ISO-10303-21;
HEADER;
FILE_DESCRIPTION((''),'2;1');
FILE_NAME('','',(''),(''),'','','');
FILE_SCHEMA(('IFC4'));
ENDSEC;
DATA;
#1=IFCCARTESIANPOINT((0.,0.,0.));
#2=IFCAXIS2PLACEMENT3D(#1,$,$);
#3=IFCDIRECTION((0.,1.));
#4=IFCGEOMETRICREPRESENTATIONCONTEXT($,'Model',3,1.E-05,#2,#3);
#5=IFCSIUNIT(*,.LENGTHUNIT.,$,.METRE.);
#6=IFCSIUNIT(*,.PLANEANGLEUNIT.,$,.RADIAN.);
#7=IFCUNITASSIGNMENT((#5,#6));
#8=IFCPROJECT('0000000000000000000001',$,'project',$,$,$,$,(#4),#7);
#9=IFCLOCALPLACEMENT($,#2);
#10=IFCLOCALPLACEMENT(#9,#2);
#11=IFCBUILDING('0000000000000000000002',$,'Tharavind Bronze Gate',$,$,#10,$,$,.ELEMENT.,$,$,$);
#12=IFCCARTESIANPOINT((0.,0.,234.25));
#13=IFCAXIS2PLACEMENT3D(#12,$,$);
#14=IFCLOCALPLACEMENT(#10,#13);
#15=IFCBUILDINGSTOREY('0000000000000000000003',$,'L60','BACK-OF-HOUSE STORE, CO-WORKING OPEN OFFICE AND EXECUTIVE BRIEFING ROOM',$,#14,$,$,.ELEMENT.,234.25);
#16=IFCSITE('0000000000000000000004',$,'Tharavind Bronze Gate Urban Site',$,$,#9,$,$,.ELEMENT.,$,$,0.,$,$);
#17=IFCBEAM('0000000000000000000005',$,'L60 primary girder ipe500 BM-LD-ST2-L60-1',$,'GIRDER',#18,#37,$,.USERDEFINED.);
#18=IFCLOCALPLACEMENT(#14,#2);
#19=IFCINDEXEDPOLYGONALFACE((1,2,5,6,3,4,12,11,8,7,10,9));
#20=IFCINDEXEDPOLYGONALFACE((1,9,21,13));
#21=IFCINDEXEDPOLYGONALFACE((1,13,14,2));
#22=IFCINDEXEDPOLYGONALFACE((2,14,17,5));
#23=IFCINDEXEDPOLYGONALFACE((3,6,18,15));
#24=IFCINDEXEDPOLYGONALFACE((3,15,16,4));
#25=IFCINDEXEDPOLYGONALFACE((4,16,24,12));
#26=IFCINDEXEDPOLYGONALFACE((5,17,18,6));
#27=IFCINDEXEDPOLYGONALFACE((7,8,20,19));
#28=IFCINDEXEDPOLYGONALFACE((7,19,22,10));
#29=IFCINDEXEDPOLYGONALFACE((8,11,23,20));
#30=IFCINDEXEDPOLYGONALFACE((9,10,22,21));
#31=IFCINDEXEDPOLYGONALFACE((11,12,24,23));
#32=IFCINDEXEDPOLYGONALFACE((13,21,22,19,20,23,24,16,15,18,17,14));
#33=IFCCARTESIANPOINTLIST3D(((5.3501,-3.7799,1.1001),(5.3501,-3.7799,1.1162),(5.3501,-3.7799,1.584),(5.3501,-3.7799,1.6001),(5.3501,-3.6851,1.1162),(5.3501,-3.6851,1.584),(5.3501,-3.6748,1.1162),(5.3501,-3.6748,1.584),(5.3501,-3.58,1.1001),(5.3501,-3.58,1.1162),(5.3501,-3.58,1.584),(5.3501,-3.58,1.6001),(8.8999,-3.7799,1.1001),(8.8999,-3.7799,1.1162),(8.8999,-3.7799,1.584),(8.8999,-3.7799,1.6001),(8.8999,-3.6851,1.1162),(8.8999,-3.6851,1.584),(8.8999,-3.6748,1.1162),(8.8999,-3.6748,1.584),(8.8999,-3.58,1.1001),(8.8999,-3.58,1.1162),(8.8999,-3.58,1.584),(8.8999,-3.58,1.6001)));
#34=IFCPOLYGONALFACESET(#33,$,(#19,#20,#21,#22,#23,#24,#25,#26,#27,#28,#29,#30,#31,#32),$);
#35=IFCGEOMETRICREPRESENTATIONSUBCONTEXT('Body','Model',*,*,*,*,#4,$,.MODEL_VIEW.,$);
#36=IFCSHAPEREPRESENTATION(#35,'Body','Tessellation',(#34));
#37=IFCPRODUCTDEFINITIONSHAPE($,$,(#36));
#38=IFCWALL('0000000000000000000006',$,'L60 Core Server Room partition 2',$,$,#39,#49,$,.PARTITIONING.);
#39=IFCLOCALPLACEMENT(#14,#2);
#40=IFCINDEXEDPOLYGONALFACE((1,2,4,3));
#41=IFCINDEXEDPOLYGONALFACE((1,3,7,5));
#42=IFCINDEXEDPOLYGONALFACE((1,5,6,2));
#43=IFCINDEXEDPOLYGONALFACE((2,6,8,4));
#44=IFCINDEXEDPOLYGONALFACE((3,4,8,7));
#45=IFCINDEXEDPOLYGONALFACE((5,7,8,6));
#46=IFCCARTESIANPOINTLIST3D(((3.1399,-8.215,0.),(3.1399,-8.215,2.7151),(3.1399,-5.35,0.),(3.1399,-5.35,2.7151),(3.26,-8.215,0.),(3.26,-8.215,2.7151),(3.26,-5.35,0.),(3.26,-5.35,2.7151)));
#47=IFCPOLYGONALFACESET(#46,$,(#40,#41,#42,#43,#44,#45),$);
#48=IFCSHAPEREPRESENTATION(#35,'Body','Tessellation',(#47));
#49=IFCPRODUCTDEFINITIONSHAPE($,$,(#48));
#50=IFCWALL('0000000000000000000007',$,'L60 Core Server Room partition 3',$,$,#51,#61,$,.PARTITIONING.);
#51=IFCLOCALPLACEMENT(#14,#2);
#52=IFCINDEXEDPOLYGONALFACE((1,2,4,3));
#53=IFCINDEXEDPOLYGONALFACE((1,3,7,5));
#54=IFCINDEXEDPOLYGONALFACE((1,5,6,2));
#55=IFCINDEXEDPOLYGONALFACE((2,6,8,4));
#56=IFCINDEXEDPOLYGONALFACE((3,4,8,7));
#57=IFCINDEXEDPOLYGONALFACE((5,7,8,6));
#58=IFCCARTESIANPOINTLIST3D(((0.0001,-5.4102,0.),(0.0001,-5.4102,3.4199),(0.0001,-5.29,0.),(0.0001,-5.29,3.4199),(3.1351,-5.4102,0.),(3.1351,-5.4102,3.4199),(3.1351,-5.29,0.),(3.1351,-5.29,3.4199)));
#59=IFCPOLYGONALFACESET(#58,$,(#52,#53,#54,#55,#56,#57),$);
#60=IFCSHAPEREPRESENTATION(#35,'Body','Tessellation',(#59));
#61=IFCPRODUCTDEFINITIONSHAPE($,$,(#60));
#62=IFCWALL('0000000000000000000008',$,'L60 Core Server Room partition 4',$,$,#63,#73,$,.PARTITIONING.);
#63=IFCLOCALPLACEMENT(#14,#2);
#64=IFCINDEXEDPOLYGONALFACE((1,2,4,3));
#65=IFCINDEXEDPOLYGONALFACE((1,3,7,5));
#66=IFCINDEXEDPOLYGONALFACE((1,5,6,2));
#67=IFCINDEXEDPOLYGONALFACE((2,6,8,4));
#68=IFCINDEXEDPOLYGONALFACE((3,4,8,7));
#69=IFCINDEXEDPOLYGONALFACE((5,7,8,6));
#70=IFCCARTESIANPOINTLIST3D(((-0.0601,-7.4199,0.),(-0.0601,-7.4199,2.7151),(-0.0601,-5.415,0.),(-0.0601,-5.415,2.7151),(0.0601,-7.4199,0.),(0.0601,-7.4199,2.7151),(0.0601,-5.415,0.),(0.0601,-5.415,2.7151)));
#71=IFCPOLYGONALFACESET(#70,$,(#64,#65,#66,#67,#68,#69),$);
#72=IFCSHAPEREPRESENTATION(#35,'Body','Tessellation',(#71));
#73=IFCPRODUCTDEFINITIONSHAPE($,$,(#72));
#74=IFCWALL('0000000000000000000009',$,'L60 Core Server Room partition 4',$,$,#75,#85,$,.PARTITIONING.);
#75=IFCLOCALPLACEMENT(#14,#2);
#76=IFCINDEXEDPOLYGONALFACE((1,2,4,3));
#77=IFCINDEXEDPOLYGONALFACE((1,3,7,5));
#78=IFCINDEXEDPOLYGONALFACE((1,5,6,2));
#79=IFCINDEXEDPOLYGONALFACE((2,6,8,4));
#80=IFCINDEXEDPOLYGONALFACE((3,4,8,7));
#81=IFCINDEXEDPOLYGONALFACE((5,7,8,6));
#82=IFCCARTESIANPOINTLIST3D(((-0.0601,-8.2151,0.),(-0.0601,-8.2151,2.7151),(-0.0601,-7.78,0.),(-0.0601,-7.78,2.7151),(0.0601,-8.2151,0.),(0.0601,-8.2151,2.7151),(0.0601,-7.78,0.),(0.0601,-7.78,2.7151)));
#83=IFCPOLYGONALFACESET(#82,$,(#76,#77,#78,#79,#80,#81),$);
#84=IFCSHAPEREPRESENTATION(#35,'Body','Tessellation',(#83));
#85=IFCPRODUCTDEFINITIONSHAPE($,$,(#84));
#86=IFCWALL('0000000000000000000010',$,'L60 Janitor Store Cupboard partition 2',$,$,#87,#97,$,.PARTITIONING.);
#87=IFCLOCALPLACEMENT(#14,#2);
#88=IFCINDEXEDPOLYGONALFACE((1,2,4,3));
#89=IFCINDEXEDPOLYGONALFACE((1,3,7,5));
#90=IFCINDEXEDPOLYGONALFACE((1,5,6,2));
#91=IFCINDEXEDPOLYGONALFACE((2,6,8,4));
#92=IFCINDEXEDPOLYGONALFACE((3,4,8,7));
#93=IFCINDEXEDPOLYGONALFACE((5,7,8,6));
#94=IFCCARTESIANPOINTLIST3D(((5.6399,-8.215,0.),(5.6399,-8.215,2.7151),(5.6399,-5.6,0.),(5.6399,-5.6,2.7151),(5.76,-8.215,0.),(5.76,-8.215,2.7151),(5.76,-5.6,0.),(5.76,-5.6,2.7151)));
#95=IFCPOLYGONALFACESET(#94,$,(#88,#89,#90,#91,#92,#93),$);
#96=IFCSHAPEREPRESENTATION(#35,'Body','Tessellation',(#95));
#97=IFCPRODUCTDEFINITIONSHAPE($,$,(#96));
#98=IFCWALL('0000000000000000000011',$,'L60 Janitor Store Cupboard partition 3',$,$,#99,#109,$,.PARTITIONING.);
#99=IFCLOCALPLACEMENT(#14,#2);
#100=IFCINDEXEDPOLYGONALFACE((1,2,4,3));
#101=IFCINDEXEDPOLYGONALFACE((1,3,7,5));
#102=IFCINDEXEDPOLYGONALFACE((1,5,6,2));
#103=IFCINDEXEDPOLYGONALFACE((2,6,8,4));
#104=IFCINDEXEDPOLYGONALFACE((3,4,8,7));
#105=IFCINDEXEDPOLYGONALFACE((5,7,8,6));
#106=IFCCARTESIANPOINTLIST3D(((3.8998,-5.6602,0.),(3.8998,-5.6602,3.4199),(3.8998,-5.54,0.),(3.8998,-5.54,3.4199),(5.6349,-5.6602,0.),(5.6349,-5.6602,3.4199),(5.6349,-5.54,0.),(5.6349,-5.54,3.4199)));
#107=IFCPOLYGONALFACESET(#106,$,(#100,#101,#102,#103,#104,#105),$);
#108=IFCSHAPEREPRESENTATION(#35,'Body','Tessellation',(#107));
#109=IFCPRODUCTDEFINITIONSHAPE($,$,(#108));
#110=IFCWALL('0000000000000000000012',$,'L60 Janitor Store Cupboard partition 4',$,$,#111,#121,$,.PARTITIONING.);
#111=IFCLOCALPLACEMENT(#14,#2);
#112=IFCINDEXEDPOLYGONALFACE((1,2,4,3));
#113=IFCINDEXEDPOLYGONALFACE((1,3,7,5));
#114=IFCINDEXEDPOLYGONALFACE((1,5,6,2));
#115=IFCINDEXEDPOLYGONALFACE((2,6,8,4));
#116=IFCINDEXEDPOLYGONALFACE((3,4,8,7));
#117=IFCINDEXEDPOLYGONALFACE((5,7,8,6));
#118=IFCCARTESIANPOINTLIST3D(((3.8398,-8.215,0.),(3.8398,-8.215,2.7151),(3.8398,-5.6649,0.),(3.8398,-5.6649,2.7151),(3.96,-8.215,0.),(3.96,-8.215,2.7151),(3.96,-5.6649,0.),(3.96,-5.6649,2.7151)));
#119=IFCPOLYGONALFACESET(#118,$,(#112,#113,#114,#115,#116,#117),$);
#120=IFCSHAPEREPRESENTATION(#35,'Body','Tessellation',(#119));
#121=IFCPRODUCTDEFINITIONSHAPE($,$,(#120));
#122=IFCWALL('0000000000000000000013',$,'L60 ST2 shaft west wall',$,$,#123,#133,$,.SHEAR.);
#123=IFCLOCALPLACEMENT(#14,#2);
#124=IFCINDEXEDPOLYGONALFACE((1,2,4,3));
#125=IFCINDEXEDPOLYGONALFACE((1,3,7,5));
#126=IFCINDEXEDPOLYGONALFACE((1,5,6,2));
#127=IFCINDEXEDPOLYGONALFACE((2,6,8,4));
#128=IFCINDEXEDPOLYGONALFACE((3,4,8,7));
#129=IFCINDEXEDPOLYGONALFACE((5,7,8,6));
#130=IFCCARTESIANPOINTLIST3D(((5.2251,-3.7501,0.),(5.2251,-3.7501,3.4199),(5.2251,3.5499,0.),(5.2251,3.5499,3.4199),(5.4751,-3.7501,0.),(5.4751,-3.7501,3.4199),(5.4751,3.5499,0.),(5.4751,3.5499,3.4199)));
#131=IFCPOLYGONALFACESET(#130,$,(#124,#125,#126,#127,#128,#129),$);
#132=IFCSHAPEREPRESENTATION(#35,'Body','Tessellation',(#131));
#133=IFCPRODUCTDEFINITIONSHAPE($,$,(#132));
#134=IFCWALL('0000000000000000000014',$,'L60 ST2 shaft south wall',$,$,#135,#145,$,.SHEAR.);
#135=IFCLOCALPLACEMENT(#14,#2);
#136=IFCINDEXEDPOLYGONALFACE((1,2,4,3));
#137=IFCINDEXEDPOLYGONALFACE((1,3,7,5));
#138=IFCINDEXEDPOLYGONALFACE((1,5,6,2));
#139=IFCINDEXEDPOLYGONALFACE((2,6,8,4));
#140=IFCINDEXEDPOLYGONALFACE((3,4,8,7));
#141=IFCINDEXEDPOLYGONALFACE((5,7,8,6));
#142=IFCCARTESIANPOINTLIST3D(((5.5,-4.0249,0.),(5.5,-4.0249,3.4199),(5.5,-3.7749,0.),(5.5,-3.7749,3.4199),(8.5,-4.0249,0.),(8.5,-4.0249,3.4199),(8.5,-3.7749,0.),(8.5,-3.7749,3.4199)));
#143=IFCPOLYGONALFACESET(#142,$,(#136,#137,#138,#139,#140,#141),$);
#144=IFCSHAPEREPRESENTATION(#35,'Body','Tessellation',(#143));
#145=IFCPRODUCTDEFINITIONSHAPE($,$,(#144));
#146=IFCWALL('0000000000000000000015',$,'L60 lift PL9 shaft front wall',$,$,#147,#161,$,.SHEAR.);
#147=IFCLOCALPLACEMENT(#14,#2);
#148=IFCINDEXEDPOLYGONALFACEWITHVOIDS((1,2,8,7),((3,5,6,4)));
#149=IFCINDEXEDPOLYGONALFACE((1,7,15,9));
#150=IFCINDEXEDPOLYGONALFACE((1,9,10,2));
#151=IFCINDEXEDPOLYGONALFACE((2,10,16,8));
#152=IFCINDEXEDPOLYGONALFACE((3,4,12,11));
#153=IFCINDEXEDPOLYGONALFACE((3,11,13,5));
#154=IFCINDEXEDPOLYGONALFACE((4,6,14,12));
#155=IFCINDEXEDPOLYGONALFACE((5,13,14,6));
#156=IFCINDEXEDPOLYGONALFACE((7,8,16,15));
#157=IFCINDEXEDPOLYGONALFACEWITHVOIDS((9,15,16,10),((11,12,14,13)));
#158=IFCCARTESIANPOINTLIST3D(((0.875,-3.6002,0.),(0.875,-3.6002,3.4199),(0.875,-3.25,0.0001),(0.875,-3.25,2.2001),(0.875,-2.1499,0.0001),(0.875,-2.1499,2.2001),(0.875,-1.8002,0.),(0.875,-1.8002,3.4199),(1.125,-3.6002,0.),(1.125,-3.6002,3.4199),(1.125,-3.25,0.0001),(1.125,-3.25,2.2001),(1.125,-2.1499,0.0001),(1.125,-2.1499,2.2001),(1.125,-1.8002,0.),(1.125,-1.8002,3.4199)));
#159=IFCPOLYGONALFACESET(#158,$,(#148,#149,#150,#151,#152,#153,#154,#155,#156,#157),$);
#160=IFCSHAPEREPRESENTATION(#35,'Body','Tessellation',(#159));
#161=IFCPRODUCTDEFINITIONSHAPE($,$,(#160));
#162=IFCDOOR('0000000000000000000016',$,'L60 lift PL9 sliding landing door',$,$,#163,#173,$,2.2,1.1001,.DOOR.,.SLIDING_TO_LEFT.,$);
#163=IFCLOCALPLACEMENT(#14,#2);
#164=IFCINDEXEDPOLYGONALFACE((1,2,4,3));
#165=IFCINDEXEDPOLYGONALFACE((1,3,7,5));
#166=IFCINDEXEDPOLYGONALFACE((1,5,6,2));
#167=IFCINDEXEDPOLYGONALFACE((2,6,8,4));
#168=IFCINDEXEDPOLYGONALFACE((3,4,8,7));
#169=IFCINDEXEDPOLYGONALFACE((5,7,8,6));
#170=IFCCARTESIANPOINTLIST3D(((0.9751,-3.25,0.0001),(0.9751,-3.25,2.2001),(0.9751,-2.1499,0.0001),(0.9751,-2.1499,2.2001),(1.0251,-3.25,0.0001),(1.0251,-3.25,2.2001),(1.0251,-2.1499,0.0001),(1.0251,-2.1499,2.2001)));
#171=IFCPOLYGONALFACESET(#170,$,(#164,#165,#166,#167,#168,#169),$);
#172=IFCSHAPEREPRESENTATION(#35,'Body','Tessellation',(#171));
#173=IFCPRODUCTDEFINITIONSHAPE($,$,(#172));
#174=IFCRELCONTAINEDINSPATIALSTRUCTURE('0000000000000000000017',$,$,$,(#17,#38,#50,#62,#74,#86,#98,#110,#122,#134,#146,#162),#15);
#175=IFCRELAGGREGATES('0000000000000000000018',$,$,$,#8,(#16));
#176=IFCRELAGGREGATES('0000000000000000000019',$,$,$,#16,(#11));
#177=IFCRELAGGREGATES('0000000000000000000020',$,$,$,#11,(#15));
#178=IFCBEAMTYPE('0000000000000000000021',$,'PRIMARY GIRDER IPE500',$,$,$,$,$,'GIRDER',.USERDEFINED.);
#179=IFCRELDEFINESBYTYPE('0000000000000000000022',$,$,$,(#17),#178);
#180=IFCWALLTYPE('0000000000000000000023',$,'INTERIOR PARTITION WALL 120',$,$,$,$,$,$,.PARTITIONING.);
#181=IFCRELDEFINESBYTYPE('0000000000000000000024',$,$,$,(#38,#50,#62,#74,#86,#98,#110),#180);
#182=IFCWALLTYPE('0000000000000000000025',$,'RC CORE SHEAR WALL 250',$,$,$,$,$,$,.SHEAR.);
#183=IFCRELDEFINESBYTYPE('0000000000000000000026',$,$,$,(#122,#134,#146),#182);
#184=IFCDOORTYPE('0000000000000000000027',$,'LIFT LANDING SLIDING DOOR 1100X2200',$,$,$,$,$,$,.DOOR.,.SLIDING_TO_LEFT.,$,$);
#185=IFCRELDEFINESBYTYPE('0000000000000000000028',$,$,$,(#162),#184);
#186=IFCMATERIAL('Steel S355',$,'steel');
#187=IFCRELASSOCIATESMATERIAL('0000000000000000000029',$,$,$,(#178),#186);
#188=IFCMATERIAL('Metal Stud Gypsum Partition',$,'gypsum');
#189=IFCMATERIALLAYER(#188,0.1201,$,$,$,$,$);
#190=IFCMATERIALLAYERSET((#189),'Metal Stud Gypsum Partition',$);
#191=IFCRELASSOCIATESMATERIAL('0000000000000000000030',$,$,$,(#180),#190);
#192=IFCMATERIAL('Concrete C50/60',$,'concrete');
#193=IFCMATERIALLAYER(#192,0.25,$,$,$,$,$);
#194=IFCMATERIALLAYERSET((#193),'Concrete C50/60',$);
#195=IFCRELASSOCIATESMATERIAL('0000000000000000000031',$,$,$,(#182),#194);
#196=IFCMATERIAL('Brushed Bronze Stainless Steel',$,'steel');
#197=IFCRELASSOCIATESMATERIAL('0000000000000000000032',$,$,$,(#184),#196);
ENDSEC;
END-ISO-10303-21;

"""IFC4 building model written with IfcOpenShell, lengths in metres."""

from ifc_helpers import new_model, si_unit, direction, frame, frame_2d, origin, origin_2d, place, context, subcontext, project, spatial, rectangle, i_section, extrude, material, layer, layer_set, material_profile, profile_set, type_object, element, fill, save


model = new_model("IFC4")

# Units and contexts
model_context = context("Model", 3, precision=1e-05, world=origin(), true_north=direction((0.0, 1.0)))
body_context = subcontext(model_context, "Body", "Model", "MODEL_VIEW")
ifc_project = project(units=[si_unit("LENGTHUNIT", "METRE"), si_unit("PLANEANGLEUNIT", "RADIAN")], contexts=[model_context])

# Site, building, storey
site_placement = place(None, origin())
site = spatial("IfcSite", under=ifc_project, at=site_placement, Name="Tharavind Bronze Gate Urban Site", CompositionType="ELEMENT", RefElevation=0.0)
building_placement = place(site_placement, origin())
building = spatial("IfcBuilding", under=site, at=building_placement, Name="Tharavind Bronze Gate", CompositionType="ELEMENT")
storey_placement = place(building_placement, frame((0.0, 0.0, 234.25)))
storey = spatial("IfcBuildingStorey", under=building, at=storey_placement, Name="L60", Description="BACK-OF-HOUSE STORE, CO-WORKING OPEN OFFICE AND EXECUTIVE BRIEFING ROOM", CompositionType="ELEMENT", Elevation=234.25)

# Beam
ifc_material_1 = material(Name="Steel S355", Category="steel")
ifc_material_profile = material_profile(ifc_material_1, i_section(OverallWidth=0.2, OverallDepth=0.5, WebThickness=0.0103, FlangeThickness=0.0161, at=origin_2d()), Name="IPE500")
ifc_profile_set = profile_set([ifc_material_profile], Name="Steel S355")
beam_type = type_object("IfcBeamType", Name="PRIMARY GIRDER IPE500", ElementType="GIRDER", PredefinedType="USERDEFINED", material=ifc_profile_set)
beam_placement = place(storey_placement, frame((5.3501, -3.6799, 1.3501), z_axis=(1.0, 0.0, 0.0), x_axis=(0.0, 1.0, 0.0)))
element("IfcBeam", 1, at=beam_placement, inside=storey, type_object=beam_type, Name="L60 primary girder ipe500 BM-LD-ST2-L60-1", ObjectType="GIRDER", PredefinedType="USERDEFINED", context=body_context, shape_type="SweptSolid", body=[
    extrude(i_section(OverallWidth=0.2, OverallDepth=0.5, WebThickness=0.0103, FlangeThickness=0.0161, at=origin_2d()), origin(), (0.0, 0.0, 1.0), 3.5498),
])

# Walls
ifc_material_2 = material(Name="Metal Stud Gypsum Partition", Category="gypsum")
ifc_layer_1 = layer(ifc_material_2, 0.1201)
ifc_layer_set_1 = layer_set([ifc_layer_1], Name="Metal Stud Gypsum Partition")
wall_type_1 = type_object("IfcWallType", Name="INTERIOR PARTITION WALL 120", PredefinedType="PARTITIONING", material=ifc_layer_set_1)
wall_1_placement = place(storey_placement, frame((3.2, -8.2151, 0.0), z_axis=(0.0, 0.0, 1.0), x_axis=(0.0, 1.0, 0.0)))
element("IfcWall", 2, at=wall_1_placement, inside=storey, type_object=wall_type_1, Name="L60 Core Server Room partition 2", PredefinedType="PARTITIONING", context=body_context, shape_type="SweptSolid", body=[
    extrude(rectangle(XDim=2.865, YDim=0.1201, at=frame_2d((1.4326, 0.0))), origin(), (0.0, 0.0, 1.0), 2.7151),
])
wall_2_placement = place(storey_placement, frame((3.135, -5.3501, 0.0), z_axis=(0.0, 0.0, 1.0), x_axis=(-1.0, 0.0, 0.0)))
element("IfcWall", 3, at=wall_2_placement, inside=storey, type_object=wall_type_1, Name="L60 Core Server Room partition 3", PredefinedType="PARTITIONING", context=body_context, shape_type="SweptSolid", body=[
    extrude(rectangle(XDim=3.135, YDim=0.1201, at=frame_2d((1.5674, 0.0))), origin(), (0.0, 0.0, 1.0), 3.4199),
])
wall_3_placement = place(storey_placement, frame((0.0, -5.415, 0.0), z_axis=(0.0, 0.0, 1.0), x_axis=(0.0, -1.0, 0.0)))
element("IfcWall", 4, at=wall_3_placement, inside=storey, type_object=wall_type_1, Name="L60 Core Server Room partition 4", PredefinedType="PARTITIONING", context=body_context, shape_type="SweptSolid", body=[
    extrude(rectangle(XDim=2.0049, YDim=0.1201, at=frame_2d((1.0024, 0.0))), origin(), (0.0, 0.0, 1.0), 2.7151),
])
wall_4_placement = place(storey_placement, frame((0.0, -7.78, 0.0), z_axis=(0.0, 0.0, 1.0), x_axis=(0.0, -1.0, 0.0)))
element("IfcWall", 5, at=wall_4_placement, inside=storey, type_object=wall_type_1, Name="L60 Core Server Room partition 4", PredefinedType="PARTITIONING", context=body_context, shape_type="SweptSolid", body=[
    extrude(rectangle(XDim=0.4351, YDim=0.1201, at=frame_2d((0.2175, 0.0))), origin(), (0.0, 0.0, 1.0), 2.7151),
])
wall_5_placement = place(storey_placement, frame((5.7, -8.2151, 0.0), z_axis=(0.0, 0.0, 1.0), x_axis=(0.0, 1.0, 0.0)))
element("IfcWall", 6, at=wall_5_placement, inside=storey, type_object=wall_type_1, Name="L60 Janitor Store Cupboard partition 2", PredefinedType="PARTITIONING", context=body_context, shape_type="SweptSolid", body=[
    extrude(rectangle(XDim=2.615, YDim=0.1201, at=frame_2d((1.3076, 0.0))), origin(), (0.0, 0.0, 1.0), 2.7151),
])
wall_6_placement = place(storey_placement, frame((5.635, -5.6001, 0.0), z_axis=(0.0, 0.0, 1.0), x_axis=(-1.0, 0.0, 0.0)))
element("IfcWall", 7, at=wall_6_placement, inside=storey, type_object=wall_type_1, Name="L60 Janitor Store Cupboard partition 3", PredefinedType="PARTITIONING", context=body_context, shape_type="SweptSolid", body=[
    extrude(rectangle(XDim=1.7351, YDim=0.1201, at=frame_2d((0.8677, 0.0))), origin(), (0.0, 0.0, 1.0), 3.4199),
])
wall_7_placement = place(storey_placement, frame((3.8999, -5.665, 0.0), z_axis=(0.0, 0.0, 1.0), x_axis=(0.0, -1.0, 0.0)))
element("IfcWall", 8, at=wall_7_placement, inside=storey, type_object=wall_type_1, Name="L60 Janitor Store Cupboard partition 4", PredefinedType="PARTITIONING", context=body_context, shape_type="SweptSolid", body=[
    extrude(rectangle(XDim=2.55, YDim=0.1201, at=frame_2d((1.2749, 0.0))), origin(), (0.0, 0.0, 1.0), 2.7151),
])
ifc_material_3 = material(Name="Concrete C50/60", Category="concrete")
ifc_layer_2 = layer(ifc_material_3, 0.25)
ifc_layer_set_2 = layer_set([ifc_layer_2], Name="Concrete C50/60")
wall_type_2 = type_object("IfcWallType", Name="RC CORE SHEAR WALL 250", PredefinedType="SHEAR", material=ifc_layer_set_2)
wall_8_placement = place(storey_placement, frame((5.3501, -3.75, 0.0), z_axis=(0.0, 0.0, 1.0), x_axis=(0.0, 1.0, 0.0)))
element("IfcWall", 9, at=wall_8_placement, inside=storey, type_object=wall_type_2, Name="L60 ST2 shaft west wall", PredefinedType="SHEAR", context=body_context, shape_type="SweptSolid", body=[
    extrude(rectangle(XDim=7.3, YDim=0.25, at=frame_2d((3.6499, 0.0))), origin(), (0.0, 0.0, 1.0), 3.4199),
])
wall_9_placement = place(storey_placement, frame((5.5, -3.8999, 0.0), z_axis=(0.0, 0.0, 1.0), x_axis=(1.0, 0.0, 0.0)))
element("IfcWall", 10, at=wall_9_placement, inside=storey, type_object=wall_type_2, Name="L60 ST2 shaft south wall", PredefinedType="SHEAR", context=body_context, shape_type="SweptSolid", body=[
    extrude(rectangle(XDim=3.0, YDim=0.25, at=frame_2d((1.5, 0.0))), origin(), (0.0, 0.0, 1.0), 3.4199),
])

# Wall, opening, door
wall_10_placement = place(storey_placement, frame((1.0, -3.6001, 0.0), z_axis=(0.0, 0.0, 1.0), x_axis=(0.0, 1.0, 0.0)))
wall_10 = element("IfcWall", 11, at=wall_10_placement, inside=storey, type_object=wall_type_2, Name="L60 lift PL9 shaft front wall", PredefinedType="SHEAR", context=body_context, shape_type="SweptSolid", body=[
    extrude(rectangle(XDim=1.8, YDim=0.25, at=frame_2d((0.8999, 0.0))), origin(), (0.0, 0.0, 1.0), 3.4199),
])
opening_1_placement = place(wall_10_placement, frame((0.3501, 0.0, 0.0)))
opening_1 = element("IfcOpeningElement", 12, at=opening_1_placement, cuts=wall_10, PredefinedType="OPENING", context=body_context, shape_type="SweptSolid", body=[
    extrude(rectangle(XDim=1.1001, YDim=2.2, at=frame_2d((0.55, 1.1001))), frame((0.0, 0.135, 0.0), z_axis=(0.0, -1.0, 0.0), x_axis=(1.0, 0.0, 0.0)), (0.0, 0.0, 1.0), 0.27),
])
ifc_material_4 = material(Name="Brushed Bronze Stainless Steel", Category="steel")
door_type = type_object("IfcDoorType", Name="LIFT LANDING SLIDING DOOR 1100X2200", OperationType="SLIDING_TO_LEFT", PredefinedType="DOOR", material=ifc_material_4)
door_1_placement = place(opening_1_placement, origin())
door_1 = element("IfcDoor", 13, at=door_1_placement, inside=storey, type_object=door_type, Name="L60 lift PL9 sliding landing door", OperationType="SLIDING_TO_LEFT", OverallHeight=2.2, OverallWidth=1.1001, PredefinedType="DOOR", context=body_context, shape_type="SweptSolid", body=[
    extrude(rectangle(XDim=1.1001, YDim=2.2, at=frame_2d((0.55, 1.1001))), frame((0.0, 0.0249, 0.0), z_axis=(0.0, -1.0, 0.0), x_axis=(1.0, 0.0, 0.0)), (0.0, 0.0, 1.0), 0.05),
])
fill(opening_1, door_1)

save(model, "model.ifc")
